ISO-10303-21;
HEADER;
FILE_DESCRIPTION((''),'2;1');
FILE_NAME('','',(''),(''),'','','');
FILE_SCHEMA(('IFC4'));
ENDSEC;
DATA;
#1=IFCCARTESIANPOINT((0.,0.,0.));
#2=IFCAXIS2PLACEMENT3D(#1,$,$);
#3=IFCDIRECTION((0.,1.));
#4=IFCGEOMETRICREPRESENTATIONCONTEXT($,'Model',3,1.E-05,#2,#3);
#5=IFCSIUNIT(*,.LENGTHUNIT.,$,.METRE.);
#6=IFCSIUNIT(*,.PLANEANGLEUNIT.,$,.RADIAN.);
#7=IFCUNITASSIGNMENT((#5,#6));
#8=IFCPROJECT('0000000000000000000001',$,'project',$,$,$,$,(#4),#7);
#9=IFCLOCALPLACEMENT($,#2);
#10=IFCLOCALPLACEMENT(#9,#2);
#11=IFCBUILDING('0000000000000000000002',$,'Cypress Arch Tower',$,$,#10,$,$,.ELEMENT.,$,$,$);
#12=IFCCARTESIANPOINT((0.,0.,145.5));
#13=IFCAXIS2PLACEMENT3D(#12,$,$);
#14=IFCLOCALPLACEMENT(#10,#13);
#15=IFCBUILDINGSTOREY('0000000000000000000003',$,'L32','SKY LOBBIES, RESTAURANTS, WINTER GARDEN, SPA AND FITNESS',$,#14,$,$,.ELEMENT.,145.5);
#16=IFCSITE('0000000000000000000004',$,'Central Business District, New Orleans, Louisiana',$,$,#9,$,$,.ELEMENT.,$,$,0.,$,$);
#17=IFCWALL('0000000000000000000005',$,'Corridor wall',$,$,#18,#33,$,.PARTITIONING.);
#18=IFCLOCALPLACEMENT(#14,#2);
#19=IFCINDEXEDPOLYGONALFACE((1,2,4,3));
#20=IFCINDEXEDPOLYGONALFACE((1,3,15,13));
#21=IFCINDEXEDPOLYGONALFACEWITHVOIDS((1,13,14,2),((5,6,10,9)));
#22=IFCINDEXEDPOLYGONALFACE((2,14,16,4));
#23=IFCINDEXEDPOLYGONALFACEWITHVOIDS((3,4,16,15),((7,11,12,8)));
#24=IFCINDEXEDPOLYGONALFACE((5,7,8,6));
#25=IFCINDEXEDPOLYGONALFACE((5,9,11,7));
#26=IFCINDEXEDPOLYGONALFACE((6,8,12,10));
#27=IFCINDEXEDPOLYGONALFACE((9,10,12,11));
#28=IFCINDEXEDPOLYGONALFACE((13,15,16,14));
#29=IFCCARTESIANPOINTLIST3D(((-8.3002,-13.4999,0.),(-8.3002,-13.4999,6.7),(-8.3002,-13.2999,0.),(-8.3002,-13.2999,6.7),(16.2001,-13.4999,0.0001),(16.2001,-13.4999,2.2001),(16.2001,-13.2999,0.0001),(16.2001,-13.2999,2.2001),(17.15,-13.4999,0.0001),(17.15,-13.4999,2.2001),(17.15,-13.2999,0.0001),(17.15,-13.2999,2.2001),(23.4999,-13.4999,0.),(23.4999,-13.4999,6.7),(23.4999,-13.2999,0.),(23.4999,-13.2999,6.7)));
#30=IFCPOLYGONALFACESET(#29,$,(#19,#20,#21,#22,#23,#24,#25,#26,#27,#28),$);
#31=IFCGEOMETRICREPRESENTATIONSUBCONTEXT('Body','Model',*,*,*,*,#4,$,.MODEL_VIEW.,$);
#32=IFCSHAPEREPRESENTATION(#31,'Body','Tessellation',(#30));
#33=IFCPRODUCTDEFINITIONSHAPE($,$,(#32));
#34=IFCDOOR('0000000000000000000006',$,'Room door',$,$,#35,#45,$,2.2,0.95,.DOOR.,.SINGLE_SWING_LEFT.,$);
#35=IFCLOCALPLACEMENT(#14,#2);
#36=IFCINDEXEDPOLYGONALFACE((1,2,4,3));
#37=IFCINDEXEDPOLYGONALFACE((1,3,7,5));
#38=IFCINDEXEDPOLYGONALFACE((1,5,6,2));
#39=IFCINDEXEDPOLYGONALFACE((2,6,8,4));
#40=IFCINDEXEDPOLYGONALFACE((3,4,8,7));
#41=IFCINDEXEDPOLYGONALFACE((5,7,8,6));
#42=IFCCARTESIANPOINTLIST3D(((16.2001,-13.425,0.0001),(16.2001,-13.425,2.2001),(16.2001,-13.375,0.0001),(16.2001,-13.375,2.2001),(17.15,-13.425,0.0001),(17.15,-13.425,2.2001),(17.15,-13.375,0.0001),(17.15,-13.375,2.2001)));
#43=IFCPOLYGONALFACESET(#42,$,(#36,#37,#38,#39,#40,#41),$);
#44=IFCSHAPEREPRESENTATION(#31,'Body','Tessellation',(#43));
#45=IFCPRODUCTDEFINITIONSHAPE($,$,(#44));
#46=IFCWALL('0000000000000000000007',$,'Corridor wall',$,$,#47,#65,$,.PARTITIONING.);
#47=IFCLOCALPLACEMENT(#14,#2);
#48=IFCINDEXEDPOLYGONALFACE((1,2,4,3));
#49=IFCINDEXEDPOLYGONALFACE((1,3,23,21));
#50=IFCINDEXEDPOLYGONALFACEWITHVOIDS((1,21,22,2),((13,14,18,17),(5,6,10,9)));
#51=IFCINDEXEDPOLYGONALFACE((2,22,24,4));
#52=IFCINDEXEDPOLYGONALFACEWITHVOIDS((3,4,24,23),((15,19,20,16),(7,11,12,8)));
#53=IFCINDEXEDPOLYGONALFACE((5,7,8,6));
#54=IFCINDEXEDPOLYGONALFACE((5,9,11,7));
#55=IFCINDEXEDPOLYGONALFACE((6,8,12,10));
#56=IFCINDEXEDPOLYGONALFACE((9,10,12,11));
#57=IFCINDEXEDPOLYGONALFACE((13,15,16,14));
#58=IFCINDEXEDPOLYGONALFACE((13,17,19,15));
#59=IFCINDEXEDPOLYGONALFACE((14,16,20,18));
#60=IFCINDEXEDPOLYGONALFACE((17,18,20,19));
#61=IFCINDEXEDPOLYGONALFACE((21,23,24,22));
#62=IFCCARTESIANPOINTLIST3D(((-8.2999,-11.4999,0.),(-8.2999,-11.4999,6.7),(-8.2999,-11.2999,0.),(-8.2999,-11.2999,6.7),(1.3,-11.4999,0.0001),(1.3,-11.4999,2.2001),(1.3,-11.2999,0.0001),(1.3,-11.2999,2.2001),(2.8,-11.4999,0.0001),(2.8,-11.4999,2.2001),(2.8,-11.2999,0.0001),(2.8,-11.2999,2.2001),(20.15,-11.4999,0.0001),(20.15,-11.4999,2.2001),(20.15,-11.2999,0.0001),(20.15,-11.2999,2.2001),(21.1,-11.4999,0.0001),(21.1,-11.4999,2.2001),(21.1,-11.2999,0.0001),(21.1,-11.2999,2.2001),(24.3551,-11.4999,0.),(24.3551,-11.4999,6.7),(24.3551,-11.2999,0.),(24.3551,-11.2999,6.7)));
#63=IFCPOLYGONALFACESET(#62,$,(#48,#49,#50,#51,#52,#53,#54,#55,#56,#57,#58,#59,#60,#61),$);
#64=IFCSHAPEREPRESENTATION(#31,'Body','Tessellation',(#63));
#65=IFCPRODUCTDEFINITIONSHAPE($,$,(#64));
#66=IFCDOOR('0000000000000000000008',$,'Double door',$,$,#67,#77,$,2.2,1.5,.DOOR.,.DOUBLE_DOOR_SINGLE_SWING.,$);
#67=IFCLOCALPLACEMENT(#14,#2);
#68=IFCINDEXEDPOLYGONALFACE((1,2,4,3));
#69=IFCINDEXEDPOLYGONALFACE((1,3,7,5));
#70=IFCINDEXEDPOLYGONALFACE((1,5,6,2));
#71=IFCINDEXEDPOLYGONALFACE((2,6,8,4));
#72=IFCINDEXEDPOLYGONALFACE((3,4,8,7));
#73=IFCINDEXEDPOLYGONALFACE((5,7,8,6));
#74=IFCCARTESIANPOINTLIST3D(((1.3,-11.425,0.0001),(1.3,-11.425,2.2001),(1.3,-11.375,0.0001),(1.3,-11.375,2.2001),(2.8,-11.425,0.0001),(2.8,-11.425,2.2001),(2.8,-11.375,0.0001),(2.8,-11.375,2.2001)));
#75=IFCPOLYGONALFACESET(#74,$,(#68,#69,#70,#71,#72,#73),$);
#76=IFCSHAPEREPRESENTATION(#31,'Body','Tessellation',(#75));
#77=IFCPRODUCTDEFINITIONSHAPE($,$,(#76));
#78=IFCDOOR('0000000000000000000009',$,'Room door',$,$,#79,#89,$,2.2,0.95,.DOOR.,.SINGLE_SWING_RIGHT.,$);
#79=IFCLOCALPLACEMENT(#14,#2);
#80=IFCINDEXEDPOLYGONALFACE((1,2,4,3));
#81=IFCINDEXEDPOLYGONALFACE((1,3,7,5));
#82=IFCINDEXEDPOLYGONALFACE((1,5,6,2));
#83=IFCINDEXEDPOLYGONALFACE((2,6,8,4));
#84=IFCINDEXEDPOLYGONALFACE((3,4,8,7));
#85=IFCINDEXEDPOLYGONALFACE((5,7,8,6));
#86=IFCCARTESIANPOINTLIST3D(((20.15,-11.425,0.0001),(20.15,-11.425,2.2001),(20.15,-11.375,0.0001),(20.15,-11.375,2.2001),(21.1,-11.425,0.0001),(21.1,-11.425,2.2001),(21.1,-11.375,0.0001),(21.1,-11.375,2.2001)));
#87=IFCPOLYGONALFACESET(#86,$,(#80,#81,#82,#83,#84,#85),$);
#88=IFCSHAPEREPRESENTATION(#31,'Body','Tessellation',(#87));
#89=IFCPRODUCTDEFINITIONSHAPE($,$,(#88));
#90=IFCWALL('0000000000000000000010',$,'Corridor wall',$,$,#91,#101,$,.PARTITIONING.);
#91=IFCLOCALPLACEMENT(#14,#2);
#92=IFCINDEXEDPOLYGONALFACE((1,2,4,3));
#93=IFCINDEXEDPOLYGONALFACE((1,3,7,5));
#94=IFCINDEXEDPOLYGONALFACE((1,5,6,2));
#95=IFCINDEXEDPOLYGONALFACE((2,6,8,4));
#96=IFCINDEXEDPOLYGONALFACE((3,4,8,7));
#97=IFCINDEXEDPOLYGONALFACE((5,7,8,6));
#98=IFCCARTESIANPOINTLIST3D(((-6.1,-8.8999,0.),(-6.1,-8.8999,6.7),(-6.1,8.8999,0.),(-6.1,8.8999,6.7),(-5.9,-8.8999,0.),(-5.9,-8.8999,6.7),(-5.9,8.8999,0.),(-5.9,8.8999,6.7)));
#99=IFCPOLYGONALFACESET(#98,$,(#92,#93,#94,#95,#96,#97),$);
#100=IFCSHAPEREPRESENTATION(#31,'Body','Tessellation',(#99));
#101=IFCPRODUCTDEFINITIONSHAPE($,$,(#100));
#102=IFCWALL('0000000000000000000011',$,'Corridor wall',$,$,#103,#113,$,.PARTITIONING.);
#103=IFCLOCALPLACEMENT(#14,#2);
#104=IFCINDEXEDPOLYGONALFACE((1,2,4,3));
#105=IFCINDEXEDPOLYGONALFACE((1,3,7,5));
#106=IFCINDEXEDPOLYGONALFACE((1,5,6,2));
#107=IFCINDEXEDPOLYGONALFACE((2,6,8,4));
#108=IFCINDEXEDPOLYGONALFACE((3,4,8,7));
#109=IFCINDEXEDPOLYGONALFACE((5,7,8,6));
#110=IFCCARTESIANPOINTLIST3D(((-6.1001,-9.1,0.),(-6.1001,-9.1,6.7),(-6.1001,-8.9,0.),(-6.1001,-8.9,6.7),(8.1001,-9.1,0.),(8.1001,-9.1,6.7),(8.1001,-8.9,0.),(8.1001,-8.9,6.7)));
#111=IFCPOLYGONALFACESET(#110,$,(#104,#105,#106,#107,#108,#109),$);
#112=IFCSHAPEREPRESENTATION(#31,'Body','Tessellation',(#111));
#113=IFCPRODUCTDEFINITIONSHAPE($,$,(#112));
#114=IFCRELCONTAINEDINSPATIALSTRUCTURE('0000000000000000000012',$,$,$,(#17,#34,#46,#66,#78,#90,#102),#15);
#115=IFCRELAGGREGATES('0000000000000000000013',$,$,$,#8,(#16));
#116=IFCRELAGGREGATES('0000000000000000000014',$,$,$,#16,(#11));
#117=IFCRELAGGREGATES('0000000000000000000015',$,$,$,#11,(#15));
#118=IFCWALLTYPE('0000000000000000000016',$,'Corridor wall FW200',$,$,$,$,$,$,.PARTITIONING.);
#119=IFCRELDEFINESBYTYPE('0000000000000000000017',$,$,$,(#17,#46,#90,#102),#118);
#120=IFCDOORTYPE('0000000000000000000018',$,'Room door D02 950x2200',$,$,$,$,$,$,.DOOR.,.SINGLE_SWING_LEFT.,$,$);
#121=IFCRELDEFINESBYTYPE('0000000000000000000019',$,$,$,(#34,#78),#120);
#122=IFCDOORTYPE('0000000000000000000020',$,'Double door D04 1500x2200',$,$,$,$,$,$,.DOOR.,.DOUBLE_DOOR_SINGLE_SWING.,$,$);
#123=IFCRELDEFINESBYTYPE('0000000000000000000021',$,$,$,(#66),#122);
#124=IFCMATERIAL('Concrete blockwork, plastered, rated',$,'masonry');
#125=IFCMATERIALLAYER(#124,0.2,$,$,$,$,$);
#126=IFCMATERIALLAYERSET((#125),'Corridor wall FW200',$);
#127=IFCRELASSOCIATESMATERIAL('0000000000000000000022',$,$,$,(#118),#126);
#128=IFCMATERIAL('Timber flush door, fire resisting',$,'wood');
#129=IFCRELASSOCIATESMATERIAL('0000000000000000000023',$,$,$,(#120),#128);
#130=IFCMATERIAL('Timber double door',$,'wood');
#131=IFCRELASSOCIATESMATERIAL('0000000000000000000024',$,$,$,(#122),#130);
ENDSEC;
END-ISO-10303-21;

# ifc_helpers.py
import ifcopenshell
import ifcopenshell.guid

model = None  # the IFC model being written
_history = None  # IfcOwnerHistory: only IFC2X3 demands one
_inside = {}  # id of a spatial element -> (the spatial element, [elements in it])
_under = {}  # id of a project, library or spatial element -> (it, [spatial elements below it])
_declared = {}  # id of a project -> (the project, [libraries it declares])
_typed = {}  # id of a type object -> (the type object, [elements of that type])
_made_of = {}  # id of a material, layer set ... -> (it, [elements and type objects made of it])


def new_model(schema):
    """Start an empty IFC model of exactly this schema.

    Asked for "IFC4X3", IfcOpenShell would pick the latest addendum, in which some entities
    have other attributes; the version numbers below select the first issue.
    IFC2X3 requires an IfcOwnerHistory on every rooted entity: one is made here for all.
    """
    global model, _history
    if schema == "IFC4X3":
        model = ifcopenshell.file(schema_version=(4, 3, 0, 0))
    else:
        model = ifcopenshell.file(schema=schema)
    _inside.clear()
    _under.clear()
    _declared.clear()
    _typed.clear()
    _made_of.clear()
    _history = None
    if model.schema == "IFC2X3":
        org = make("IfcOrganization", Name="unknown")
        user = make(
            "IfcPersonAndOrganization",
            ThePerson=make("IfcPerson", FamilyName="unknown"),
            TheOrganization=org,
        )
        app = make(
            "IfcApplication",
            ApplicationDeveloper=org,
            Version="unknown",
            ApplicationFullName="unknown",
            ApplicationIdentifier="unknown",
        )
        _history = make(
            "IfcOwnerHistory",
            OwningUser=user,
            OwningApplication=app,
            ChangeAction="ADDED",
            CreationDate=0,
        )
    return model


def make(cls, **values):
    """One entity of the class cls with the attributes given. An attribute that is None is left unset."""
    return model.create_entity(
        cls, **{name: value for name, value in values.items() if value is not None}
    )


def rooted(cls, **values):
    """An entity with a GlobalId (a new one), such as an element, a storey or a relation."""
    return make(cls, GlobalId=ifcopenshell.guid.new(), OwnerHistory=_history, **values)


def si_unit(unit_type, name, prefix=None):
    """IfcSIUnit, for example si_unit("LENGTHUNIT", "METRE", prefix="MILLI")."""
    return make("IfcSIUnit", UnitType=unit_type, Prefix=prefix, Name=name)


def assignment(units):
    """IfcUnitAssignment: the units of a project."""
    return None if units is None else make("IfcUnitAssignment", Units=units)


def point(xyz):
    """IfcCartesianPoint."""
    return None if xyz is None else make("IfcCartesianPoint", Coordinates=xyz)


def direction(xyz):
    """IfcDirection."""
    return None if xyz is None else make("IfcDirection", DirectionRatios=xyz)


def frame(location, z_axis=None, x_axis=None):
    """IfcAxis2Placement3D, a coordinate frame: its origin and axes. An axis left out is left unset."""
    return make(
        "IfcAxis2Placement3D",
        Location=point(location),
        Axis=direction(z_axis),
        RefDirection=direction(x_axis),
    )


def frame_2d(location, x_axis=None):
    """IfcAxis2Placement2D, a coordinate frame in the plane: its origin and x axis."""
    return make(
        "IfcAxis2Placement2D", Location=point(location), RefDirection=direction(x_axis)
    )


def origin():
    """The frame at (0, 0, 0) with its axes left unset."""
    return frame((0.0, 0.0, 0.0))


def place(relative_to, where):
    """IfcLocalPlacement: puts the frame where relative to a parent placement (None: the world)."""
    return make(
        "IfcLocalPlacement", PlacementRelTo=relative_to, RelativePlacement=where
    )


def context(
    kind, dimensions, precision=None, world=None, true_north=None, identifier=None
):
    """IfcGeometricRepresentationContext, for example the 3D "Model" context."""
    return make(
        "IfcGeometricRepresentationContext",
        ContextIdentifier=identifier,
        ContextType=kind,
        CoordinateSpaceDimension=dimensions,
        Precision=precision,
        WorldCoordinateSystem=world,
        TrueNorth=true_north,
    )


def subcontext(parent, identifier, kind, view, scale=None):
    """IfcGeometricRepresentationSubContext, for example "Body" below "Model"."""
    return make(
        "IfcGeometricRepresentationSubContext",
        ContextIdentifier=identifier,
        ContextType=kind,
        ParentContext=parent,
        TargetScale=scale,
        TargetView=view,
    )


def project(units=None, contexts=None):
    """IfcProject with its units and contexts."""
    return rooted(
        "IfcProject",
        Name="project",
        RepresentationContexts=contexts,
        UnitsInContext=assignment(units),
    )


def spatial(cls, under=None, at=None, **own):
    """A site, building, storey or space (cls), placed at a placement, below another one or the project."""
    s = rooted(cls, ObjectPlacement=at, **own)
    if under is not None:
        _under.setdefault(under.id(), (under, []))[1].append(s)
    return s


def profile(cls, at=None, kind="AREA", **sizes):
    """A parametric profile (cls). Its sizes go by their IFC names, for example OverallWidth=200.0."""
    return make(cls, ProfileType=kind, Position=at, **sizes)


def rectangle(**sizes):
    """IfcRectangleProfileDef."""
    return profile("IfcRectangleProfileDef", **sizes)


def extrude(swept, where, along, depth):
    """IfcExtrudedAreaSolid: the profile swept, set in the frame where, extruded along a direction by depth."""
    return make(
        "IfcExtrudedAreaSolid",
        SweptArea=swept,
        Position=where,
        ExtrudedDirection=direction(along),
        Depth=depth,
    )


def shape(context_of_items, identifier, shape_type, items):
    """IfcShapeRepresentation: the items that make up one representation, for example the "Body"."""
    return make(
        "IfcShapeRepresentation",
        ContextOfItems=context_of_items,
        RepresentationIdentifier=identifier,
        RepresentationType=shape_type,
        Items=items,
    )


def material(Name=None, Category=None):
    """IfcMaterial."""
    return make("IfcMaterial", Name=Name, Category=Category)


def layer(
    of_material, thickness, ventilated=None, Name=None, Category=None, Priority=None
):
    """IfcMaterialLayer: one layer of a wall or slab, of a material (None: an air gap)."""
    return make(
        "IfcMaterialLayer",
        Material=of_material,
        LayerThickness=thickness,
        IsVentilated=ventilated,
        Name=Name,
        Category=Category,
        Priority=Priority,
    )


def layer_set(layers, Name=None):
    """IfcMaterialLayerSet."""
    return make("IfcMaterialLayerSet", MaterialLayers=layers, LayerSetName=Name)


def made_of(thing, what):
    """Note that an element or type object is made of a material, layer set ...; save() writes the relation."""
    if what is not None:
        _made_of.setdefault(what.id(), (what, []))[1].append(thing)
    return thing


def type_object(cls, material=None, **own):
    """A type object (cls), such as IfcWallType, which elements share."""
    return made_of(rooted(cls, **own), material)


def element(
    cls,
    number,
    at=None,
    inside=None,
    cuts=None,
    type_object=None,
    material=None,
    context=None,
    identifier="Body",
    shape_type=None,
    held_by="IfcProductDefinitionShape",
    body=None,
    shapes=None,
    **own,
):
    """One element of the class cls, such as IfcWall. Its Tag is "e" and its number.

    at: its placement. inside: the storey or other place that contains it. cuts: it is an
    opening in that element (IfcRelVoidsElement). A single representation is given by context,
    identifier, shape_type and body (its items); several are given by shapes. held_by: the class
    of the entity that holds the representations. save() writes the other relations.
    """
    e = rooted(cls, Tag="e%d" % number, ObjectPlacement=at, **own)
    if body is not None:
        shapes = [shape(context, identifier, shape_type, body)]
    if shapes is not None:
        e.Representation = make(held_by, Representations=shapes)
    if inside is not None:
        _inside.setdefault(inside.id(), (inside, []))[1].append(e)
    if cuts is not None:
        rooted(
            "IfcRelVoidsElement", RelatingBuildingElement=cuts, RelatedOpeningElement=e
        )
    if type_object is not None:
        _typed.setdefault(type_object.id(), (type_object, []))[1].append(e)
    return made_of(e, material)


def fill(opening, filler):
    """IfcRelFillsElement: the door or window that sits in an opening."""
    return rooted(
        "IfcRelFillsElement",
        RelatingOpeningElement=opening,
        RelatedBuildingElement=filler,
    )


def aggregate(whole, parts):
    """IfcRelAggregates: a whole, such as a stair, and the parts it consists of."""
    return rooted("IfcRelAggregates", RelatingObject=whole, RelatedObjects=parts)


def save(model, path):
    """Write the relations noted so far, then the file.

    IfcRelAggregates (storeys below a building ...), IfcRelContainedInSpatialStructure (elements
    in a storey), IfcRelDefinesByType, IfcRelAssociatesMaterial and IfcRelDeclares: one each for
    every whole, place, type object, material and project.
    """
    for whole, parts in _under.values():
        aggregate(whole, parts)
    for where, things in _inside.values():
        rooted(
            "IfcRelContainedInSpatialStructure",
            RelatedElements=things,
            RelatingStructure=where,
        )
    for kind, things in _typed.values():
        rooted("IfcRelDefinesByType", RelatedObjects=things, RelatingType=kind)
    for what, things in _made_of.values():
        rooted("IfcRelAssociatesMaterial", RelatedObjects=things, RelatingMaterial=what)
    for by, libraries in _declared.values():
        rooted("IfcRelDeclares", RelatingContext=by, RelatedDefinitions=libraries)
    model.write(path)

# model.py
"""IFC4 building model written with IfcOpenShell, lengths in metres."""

from ifc_helpers import new_model, si_unit, direction, frame, frame_2d, origin, place, context, subcontext, project, spatial, rectangle, extrude, material, layer, layer_set, type_object, element, fill, save


model = new_model("IFC4")

# Units and contexts
model_context = context("Model", 3, precision=1e-05, world=origin(), true_north=direction((0.0, 1.0)))
body_context = subcontext(model_context, "Body", "Model", "MODEL_VIEW")
ifc_project = project(units=[si_unit("LENGTHUNIT", "METRE"), si_unit("PLANEANGLEUNIT", "RADIAN")], contexts=[model_context])

# Site, building, storey
site_placement = place(None, origin())
site = spatial("IfcSite", under=ifc_project, at=site_placement, Name="Central Business District, New Orleans, Louisiana", CompositionType="ELEMENT", RefElevation=0.0)
building_placement = place(site_placement, origin())
building = spatial("IfcBuilding", under=site, at=building_placement, Name="Cypress Arch Tower", CompositionType="ELEMENT")
storey_placement = place(building_placement, frame((0.0, 0.0, 145.5)))
storey = spatial("IfcBuildingStorey", under=building, at=storey_placement, Name="L32", Description="SKY LOBBIES, RESTAURANTS, WINTER GARDEN, SPA AND FITNESS", CompositionType="ELEMENT", Elevation=145.5)

# Wall, opening, door
ifc_material_1 = material(Name="Concrete blockwork, plastered, rated", Category="masonry")
ifc_layer = layer(ifc_material_1, 0.2)
ifc_layer_set = layer_set([ifc_layer], Name="Corridor wall FW200")
wall_type = type_object("IfcWallType", Name="Corridor wall FW200", PredefinedType="PARTITIONING", material=ifc_layer_set)
wall_1_placement = place(storey_placement, frame((-8.3, -13.3999, 0.0), z_axis=(0.0, 0.0, 1.0), x_axis=(1.0, 0.0, 0.0)))
wall_1 = element("IfcWall", 1, at=wall_1_placement, inside=storey, type_object=wall_type, Name="Corridor wall", PredefinedType="PARTITIONING", context=body_context, shape_type="SweptSolid", body=[
    extrude(rectangle(XDim=31.8, YDim=0.2, at=frame_2d((15.8999, 0.0))), origin(), (0.0, 0.0, 1.0), 6.7),
])
opening_1_placement = place(wall_1_placement, frame((24.5, 0.0, 0.0)))
opening_1 = element("IfcOpeningElement", 2, at=opening_1_placement, cuts=wall_1, PredefinedType="OPENING", context=body_context, shape_type="SweptSolid", body=[
    extrude(rectangle(XDim=0.95, YDim=2.2, at=frame_2d((0.4751, 1.1001))), frame((0.0, 0.1099, 0.0), z_axis=(0.0, -1.0, 0.0), x_axis=(1.0, 0.0, 0.0)), (0.0, 0.0, 1.0), 0.22),
])
ifc_material_2 = material(Name="Timber flush door, fire resisting", Category="wood")
door_type_1 = type_object("IfcDoorType", Name="Room door D02 950x2200", OperationType="SINGLE_SWING_LEFT", PredefinedType="DOOR", material=ifc_material_2)
door_1_placement = place(opening_1_placement, origin())
door_1 = element("IfcDoor", 3, at=door_1_placement, inside=storey, type_object=door_type_1, Name="Room door", OperationType="SINGLE_SWING_LEFT", OverallHeight=2.2, OverallWidth=0.95, PredefinedType="DOOR", context=body_context, shape_type="SweptSolid", body=[
    extrude(rectangle(XDim=0.95, YDim=2.2, at=frame_2d((0.4751, 1.1001))), frame((0.0, 0.0249, 0.0), z_axis=(0.0, -1.0, 0.0), x_axis=(1.0, 0.0, 0.0)), (0.0, 0.0, 1.0), 0.05),
])
fill(opening_1, door_1)

# Wall, openings, doors
wall_2_placement = place(storey_placement, frame((-8.3, -11.3999, 0.0), z_axis=(0.0, 0.0, 1.0), x_axis=(1.0, 0.0, 0.0)))
wall_2 = element("IfcWall", 4, at=wall_2_placement, inside=storey, type_object=wall_type, Name="Corridor wall", PredefinedType="PARTITIONING", context=body_context, shape_type="SweptSolid", body=[
    extrude(rectangle(XDim=32.655, YDim=0.2, at=frame_2d((16.3276, 0.0))), origin(), (0.0, 0.0, 1.0), 6.7),
])
opening_2_placement = place(wall_2_placement, frame((9.6001, 0.0, 0.0)))
opening_2 = element("IfcOpeningElement", 5, at=opening_2_placement, cuts=wall_2, PredefinedType="OPENING", context=body_context, shape_type="SweptSolid", body=[
    extrude(rectangle(XDim=1.5, YDim=2.2, at=frame_2d((0.75, 1.1001))), frame((0.0, 0.1099, 0.0), z_axis=(0.0, -1.0, 0.0), x_axis=(1.0, 0.0, 0.0)), (0.0, 0.0, 1.0), 0.22),
])
opening_3_placement = place(wall_2_placement, frame((28.45, 0.0, 0.0)))
opening_3 = element("IfcOpeningElement", 6, at=opening_3_placement, cuts=wall_2, PredefinedType="OPENING", context=body_context, shape_type="SweptSolid", body=[
    extrude(rectangle(XDim=0.95, YDim=2.2, at=frame_2d((0.4751, 1.1001))), frame((0.0, 0.1099, 0.0), z_axis=(0.0, -1.0, 0.0), x_axis=(1.0, 0.0, 0.0)), (0.0, 0.0, 1.0), 0.22),
])
ifc_material_3 = material(Name="Timber double door", Category="wood")
door_type_2 = type_object("IfcDoorType", Name="Double door D04 1500x2200", OperationType="DOUBLE_DOOR_SINGLE_SWING", PredefinedType="DOOR", material=ifc_material_3)
door_2_placement = place(opening_2_placement, origin())
door_2 = element("IfcDoor", 7, at=door_2_placement, inside=storey, type_object=door_type_2, Name="Double door", OperationType="DOUBLE_DOOR_SINGLE_SWING", OverallHeight=2.2, OverallWidth=1.5, PredefinedType="DOOR", context=body_context, shape_type="SweptSolid", body=[
    extrude(rectangle(XDim=1.5, YDim=2.2, at=frame_2d((0.75, 1.1001))), frame((0.0, 0.0249, 0.0), z_axis=(0.0, -1.0, 0.0), x_axis=(1.0, 0.0, 0.0)), (0.0, 0.0, 1.0), 0.05),
])
fill(opening_2, door_2)
door_3_placement = place(opening_3_placement, origin())
door_3 = element("IfcDoor", 8, at=door_3_placement, inside=storey, type_object=door_type_1, Name="Room door", OperationType="SINGLE_SWING_RIGHT", OverallHeight=2.2, OverallWidth=0.95, PredefinedType="DOOR", context=body_context, shape_type="SweptSolid", body=[
    extrude(rectangle(XDim=0.95, YDim=2.2, at=frame_2d((0.4751, 1.1001))), frame((0.0, 0.0249, 0.0), z_axis=(0.0, -1.0, 0.0), x_axis=(1.0, 0.0, 0.0)), (0.0, 0.0, 1.0), 0.05),
])
fill(opening_3, door_3)

# Walls
wall_3_placement = place(storey_placement, frame((-6.0, -8.8999, 0.0), z_axis=(0.0, 0.0, 1.0), x_axis=(0.0, 1.0, 0.0)))
element("IfcWall", 9, at=wall_3_placement, inside=storey, type_object=wall_type, Name="Corridor wall", PredefinedType="PARTITIONING", context=body_context, shape_type="SweptSolid", body=[
    extrude(rectangle(XDim=17.7998, YDim=0.2, at=frame_2d((8.8999, 0.0))), origin(), (0.0, 0.0, 1.0), 6.7),
])
wall_4_placement = place(storey_placement, frame((-6.1001, -9.0, 0.0), z_axis=(0.0, 0.0, 1.0), x_axis=(1.0, 0.0, 0.0)))
element("IfcWall", 10, at=wall_4_placement, inside=storey, type_object=wall_type, Name="Corridor wall", PredefinedType="PARTITIONING", context=body_context, shape_type="SweptSolid", body=[
    extrude(rectangle(XDim=14.2002, YDim=0.2, at=frame_2d((7.1001, 0.0))), origin(), (0.0, 0.0, 1.0), 6.7),
])

save(model, "model.ifc")
